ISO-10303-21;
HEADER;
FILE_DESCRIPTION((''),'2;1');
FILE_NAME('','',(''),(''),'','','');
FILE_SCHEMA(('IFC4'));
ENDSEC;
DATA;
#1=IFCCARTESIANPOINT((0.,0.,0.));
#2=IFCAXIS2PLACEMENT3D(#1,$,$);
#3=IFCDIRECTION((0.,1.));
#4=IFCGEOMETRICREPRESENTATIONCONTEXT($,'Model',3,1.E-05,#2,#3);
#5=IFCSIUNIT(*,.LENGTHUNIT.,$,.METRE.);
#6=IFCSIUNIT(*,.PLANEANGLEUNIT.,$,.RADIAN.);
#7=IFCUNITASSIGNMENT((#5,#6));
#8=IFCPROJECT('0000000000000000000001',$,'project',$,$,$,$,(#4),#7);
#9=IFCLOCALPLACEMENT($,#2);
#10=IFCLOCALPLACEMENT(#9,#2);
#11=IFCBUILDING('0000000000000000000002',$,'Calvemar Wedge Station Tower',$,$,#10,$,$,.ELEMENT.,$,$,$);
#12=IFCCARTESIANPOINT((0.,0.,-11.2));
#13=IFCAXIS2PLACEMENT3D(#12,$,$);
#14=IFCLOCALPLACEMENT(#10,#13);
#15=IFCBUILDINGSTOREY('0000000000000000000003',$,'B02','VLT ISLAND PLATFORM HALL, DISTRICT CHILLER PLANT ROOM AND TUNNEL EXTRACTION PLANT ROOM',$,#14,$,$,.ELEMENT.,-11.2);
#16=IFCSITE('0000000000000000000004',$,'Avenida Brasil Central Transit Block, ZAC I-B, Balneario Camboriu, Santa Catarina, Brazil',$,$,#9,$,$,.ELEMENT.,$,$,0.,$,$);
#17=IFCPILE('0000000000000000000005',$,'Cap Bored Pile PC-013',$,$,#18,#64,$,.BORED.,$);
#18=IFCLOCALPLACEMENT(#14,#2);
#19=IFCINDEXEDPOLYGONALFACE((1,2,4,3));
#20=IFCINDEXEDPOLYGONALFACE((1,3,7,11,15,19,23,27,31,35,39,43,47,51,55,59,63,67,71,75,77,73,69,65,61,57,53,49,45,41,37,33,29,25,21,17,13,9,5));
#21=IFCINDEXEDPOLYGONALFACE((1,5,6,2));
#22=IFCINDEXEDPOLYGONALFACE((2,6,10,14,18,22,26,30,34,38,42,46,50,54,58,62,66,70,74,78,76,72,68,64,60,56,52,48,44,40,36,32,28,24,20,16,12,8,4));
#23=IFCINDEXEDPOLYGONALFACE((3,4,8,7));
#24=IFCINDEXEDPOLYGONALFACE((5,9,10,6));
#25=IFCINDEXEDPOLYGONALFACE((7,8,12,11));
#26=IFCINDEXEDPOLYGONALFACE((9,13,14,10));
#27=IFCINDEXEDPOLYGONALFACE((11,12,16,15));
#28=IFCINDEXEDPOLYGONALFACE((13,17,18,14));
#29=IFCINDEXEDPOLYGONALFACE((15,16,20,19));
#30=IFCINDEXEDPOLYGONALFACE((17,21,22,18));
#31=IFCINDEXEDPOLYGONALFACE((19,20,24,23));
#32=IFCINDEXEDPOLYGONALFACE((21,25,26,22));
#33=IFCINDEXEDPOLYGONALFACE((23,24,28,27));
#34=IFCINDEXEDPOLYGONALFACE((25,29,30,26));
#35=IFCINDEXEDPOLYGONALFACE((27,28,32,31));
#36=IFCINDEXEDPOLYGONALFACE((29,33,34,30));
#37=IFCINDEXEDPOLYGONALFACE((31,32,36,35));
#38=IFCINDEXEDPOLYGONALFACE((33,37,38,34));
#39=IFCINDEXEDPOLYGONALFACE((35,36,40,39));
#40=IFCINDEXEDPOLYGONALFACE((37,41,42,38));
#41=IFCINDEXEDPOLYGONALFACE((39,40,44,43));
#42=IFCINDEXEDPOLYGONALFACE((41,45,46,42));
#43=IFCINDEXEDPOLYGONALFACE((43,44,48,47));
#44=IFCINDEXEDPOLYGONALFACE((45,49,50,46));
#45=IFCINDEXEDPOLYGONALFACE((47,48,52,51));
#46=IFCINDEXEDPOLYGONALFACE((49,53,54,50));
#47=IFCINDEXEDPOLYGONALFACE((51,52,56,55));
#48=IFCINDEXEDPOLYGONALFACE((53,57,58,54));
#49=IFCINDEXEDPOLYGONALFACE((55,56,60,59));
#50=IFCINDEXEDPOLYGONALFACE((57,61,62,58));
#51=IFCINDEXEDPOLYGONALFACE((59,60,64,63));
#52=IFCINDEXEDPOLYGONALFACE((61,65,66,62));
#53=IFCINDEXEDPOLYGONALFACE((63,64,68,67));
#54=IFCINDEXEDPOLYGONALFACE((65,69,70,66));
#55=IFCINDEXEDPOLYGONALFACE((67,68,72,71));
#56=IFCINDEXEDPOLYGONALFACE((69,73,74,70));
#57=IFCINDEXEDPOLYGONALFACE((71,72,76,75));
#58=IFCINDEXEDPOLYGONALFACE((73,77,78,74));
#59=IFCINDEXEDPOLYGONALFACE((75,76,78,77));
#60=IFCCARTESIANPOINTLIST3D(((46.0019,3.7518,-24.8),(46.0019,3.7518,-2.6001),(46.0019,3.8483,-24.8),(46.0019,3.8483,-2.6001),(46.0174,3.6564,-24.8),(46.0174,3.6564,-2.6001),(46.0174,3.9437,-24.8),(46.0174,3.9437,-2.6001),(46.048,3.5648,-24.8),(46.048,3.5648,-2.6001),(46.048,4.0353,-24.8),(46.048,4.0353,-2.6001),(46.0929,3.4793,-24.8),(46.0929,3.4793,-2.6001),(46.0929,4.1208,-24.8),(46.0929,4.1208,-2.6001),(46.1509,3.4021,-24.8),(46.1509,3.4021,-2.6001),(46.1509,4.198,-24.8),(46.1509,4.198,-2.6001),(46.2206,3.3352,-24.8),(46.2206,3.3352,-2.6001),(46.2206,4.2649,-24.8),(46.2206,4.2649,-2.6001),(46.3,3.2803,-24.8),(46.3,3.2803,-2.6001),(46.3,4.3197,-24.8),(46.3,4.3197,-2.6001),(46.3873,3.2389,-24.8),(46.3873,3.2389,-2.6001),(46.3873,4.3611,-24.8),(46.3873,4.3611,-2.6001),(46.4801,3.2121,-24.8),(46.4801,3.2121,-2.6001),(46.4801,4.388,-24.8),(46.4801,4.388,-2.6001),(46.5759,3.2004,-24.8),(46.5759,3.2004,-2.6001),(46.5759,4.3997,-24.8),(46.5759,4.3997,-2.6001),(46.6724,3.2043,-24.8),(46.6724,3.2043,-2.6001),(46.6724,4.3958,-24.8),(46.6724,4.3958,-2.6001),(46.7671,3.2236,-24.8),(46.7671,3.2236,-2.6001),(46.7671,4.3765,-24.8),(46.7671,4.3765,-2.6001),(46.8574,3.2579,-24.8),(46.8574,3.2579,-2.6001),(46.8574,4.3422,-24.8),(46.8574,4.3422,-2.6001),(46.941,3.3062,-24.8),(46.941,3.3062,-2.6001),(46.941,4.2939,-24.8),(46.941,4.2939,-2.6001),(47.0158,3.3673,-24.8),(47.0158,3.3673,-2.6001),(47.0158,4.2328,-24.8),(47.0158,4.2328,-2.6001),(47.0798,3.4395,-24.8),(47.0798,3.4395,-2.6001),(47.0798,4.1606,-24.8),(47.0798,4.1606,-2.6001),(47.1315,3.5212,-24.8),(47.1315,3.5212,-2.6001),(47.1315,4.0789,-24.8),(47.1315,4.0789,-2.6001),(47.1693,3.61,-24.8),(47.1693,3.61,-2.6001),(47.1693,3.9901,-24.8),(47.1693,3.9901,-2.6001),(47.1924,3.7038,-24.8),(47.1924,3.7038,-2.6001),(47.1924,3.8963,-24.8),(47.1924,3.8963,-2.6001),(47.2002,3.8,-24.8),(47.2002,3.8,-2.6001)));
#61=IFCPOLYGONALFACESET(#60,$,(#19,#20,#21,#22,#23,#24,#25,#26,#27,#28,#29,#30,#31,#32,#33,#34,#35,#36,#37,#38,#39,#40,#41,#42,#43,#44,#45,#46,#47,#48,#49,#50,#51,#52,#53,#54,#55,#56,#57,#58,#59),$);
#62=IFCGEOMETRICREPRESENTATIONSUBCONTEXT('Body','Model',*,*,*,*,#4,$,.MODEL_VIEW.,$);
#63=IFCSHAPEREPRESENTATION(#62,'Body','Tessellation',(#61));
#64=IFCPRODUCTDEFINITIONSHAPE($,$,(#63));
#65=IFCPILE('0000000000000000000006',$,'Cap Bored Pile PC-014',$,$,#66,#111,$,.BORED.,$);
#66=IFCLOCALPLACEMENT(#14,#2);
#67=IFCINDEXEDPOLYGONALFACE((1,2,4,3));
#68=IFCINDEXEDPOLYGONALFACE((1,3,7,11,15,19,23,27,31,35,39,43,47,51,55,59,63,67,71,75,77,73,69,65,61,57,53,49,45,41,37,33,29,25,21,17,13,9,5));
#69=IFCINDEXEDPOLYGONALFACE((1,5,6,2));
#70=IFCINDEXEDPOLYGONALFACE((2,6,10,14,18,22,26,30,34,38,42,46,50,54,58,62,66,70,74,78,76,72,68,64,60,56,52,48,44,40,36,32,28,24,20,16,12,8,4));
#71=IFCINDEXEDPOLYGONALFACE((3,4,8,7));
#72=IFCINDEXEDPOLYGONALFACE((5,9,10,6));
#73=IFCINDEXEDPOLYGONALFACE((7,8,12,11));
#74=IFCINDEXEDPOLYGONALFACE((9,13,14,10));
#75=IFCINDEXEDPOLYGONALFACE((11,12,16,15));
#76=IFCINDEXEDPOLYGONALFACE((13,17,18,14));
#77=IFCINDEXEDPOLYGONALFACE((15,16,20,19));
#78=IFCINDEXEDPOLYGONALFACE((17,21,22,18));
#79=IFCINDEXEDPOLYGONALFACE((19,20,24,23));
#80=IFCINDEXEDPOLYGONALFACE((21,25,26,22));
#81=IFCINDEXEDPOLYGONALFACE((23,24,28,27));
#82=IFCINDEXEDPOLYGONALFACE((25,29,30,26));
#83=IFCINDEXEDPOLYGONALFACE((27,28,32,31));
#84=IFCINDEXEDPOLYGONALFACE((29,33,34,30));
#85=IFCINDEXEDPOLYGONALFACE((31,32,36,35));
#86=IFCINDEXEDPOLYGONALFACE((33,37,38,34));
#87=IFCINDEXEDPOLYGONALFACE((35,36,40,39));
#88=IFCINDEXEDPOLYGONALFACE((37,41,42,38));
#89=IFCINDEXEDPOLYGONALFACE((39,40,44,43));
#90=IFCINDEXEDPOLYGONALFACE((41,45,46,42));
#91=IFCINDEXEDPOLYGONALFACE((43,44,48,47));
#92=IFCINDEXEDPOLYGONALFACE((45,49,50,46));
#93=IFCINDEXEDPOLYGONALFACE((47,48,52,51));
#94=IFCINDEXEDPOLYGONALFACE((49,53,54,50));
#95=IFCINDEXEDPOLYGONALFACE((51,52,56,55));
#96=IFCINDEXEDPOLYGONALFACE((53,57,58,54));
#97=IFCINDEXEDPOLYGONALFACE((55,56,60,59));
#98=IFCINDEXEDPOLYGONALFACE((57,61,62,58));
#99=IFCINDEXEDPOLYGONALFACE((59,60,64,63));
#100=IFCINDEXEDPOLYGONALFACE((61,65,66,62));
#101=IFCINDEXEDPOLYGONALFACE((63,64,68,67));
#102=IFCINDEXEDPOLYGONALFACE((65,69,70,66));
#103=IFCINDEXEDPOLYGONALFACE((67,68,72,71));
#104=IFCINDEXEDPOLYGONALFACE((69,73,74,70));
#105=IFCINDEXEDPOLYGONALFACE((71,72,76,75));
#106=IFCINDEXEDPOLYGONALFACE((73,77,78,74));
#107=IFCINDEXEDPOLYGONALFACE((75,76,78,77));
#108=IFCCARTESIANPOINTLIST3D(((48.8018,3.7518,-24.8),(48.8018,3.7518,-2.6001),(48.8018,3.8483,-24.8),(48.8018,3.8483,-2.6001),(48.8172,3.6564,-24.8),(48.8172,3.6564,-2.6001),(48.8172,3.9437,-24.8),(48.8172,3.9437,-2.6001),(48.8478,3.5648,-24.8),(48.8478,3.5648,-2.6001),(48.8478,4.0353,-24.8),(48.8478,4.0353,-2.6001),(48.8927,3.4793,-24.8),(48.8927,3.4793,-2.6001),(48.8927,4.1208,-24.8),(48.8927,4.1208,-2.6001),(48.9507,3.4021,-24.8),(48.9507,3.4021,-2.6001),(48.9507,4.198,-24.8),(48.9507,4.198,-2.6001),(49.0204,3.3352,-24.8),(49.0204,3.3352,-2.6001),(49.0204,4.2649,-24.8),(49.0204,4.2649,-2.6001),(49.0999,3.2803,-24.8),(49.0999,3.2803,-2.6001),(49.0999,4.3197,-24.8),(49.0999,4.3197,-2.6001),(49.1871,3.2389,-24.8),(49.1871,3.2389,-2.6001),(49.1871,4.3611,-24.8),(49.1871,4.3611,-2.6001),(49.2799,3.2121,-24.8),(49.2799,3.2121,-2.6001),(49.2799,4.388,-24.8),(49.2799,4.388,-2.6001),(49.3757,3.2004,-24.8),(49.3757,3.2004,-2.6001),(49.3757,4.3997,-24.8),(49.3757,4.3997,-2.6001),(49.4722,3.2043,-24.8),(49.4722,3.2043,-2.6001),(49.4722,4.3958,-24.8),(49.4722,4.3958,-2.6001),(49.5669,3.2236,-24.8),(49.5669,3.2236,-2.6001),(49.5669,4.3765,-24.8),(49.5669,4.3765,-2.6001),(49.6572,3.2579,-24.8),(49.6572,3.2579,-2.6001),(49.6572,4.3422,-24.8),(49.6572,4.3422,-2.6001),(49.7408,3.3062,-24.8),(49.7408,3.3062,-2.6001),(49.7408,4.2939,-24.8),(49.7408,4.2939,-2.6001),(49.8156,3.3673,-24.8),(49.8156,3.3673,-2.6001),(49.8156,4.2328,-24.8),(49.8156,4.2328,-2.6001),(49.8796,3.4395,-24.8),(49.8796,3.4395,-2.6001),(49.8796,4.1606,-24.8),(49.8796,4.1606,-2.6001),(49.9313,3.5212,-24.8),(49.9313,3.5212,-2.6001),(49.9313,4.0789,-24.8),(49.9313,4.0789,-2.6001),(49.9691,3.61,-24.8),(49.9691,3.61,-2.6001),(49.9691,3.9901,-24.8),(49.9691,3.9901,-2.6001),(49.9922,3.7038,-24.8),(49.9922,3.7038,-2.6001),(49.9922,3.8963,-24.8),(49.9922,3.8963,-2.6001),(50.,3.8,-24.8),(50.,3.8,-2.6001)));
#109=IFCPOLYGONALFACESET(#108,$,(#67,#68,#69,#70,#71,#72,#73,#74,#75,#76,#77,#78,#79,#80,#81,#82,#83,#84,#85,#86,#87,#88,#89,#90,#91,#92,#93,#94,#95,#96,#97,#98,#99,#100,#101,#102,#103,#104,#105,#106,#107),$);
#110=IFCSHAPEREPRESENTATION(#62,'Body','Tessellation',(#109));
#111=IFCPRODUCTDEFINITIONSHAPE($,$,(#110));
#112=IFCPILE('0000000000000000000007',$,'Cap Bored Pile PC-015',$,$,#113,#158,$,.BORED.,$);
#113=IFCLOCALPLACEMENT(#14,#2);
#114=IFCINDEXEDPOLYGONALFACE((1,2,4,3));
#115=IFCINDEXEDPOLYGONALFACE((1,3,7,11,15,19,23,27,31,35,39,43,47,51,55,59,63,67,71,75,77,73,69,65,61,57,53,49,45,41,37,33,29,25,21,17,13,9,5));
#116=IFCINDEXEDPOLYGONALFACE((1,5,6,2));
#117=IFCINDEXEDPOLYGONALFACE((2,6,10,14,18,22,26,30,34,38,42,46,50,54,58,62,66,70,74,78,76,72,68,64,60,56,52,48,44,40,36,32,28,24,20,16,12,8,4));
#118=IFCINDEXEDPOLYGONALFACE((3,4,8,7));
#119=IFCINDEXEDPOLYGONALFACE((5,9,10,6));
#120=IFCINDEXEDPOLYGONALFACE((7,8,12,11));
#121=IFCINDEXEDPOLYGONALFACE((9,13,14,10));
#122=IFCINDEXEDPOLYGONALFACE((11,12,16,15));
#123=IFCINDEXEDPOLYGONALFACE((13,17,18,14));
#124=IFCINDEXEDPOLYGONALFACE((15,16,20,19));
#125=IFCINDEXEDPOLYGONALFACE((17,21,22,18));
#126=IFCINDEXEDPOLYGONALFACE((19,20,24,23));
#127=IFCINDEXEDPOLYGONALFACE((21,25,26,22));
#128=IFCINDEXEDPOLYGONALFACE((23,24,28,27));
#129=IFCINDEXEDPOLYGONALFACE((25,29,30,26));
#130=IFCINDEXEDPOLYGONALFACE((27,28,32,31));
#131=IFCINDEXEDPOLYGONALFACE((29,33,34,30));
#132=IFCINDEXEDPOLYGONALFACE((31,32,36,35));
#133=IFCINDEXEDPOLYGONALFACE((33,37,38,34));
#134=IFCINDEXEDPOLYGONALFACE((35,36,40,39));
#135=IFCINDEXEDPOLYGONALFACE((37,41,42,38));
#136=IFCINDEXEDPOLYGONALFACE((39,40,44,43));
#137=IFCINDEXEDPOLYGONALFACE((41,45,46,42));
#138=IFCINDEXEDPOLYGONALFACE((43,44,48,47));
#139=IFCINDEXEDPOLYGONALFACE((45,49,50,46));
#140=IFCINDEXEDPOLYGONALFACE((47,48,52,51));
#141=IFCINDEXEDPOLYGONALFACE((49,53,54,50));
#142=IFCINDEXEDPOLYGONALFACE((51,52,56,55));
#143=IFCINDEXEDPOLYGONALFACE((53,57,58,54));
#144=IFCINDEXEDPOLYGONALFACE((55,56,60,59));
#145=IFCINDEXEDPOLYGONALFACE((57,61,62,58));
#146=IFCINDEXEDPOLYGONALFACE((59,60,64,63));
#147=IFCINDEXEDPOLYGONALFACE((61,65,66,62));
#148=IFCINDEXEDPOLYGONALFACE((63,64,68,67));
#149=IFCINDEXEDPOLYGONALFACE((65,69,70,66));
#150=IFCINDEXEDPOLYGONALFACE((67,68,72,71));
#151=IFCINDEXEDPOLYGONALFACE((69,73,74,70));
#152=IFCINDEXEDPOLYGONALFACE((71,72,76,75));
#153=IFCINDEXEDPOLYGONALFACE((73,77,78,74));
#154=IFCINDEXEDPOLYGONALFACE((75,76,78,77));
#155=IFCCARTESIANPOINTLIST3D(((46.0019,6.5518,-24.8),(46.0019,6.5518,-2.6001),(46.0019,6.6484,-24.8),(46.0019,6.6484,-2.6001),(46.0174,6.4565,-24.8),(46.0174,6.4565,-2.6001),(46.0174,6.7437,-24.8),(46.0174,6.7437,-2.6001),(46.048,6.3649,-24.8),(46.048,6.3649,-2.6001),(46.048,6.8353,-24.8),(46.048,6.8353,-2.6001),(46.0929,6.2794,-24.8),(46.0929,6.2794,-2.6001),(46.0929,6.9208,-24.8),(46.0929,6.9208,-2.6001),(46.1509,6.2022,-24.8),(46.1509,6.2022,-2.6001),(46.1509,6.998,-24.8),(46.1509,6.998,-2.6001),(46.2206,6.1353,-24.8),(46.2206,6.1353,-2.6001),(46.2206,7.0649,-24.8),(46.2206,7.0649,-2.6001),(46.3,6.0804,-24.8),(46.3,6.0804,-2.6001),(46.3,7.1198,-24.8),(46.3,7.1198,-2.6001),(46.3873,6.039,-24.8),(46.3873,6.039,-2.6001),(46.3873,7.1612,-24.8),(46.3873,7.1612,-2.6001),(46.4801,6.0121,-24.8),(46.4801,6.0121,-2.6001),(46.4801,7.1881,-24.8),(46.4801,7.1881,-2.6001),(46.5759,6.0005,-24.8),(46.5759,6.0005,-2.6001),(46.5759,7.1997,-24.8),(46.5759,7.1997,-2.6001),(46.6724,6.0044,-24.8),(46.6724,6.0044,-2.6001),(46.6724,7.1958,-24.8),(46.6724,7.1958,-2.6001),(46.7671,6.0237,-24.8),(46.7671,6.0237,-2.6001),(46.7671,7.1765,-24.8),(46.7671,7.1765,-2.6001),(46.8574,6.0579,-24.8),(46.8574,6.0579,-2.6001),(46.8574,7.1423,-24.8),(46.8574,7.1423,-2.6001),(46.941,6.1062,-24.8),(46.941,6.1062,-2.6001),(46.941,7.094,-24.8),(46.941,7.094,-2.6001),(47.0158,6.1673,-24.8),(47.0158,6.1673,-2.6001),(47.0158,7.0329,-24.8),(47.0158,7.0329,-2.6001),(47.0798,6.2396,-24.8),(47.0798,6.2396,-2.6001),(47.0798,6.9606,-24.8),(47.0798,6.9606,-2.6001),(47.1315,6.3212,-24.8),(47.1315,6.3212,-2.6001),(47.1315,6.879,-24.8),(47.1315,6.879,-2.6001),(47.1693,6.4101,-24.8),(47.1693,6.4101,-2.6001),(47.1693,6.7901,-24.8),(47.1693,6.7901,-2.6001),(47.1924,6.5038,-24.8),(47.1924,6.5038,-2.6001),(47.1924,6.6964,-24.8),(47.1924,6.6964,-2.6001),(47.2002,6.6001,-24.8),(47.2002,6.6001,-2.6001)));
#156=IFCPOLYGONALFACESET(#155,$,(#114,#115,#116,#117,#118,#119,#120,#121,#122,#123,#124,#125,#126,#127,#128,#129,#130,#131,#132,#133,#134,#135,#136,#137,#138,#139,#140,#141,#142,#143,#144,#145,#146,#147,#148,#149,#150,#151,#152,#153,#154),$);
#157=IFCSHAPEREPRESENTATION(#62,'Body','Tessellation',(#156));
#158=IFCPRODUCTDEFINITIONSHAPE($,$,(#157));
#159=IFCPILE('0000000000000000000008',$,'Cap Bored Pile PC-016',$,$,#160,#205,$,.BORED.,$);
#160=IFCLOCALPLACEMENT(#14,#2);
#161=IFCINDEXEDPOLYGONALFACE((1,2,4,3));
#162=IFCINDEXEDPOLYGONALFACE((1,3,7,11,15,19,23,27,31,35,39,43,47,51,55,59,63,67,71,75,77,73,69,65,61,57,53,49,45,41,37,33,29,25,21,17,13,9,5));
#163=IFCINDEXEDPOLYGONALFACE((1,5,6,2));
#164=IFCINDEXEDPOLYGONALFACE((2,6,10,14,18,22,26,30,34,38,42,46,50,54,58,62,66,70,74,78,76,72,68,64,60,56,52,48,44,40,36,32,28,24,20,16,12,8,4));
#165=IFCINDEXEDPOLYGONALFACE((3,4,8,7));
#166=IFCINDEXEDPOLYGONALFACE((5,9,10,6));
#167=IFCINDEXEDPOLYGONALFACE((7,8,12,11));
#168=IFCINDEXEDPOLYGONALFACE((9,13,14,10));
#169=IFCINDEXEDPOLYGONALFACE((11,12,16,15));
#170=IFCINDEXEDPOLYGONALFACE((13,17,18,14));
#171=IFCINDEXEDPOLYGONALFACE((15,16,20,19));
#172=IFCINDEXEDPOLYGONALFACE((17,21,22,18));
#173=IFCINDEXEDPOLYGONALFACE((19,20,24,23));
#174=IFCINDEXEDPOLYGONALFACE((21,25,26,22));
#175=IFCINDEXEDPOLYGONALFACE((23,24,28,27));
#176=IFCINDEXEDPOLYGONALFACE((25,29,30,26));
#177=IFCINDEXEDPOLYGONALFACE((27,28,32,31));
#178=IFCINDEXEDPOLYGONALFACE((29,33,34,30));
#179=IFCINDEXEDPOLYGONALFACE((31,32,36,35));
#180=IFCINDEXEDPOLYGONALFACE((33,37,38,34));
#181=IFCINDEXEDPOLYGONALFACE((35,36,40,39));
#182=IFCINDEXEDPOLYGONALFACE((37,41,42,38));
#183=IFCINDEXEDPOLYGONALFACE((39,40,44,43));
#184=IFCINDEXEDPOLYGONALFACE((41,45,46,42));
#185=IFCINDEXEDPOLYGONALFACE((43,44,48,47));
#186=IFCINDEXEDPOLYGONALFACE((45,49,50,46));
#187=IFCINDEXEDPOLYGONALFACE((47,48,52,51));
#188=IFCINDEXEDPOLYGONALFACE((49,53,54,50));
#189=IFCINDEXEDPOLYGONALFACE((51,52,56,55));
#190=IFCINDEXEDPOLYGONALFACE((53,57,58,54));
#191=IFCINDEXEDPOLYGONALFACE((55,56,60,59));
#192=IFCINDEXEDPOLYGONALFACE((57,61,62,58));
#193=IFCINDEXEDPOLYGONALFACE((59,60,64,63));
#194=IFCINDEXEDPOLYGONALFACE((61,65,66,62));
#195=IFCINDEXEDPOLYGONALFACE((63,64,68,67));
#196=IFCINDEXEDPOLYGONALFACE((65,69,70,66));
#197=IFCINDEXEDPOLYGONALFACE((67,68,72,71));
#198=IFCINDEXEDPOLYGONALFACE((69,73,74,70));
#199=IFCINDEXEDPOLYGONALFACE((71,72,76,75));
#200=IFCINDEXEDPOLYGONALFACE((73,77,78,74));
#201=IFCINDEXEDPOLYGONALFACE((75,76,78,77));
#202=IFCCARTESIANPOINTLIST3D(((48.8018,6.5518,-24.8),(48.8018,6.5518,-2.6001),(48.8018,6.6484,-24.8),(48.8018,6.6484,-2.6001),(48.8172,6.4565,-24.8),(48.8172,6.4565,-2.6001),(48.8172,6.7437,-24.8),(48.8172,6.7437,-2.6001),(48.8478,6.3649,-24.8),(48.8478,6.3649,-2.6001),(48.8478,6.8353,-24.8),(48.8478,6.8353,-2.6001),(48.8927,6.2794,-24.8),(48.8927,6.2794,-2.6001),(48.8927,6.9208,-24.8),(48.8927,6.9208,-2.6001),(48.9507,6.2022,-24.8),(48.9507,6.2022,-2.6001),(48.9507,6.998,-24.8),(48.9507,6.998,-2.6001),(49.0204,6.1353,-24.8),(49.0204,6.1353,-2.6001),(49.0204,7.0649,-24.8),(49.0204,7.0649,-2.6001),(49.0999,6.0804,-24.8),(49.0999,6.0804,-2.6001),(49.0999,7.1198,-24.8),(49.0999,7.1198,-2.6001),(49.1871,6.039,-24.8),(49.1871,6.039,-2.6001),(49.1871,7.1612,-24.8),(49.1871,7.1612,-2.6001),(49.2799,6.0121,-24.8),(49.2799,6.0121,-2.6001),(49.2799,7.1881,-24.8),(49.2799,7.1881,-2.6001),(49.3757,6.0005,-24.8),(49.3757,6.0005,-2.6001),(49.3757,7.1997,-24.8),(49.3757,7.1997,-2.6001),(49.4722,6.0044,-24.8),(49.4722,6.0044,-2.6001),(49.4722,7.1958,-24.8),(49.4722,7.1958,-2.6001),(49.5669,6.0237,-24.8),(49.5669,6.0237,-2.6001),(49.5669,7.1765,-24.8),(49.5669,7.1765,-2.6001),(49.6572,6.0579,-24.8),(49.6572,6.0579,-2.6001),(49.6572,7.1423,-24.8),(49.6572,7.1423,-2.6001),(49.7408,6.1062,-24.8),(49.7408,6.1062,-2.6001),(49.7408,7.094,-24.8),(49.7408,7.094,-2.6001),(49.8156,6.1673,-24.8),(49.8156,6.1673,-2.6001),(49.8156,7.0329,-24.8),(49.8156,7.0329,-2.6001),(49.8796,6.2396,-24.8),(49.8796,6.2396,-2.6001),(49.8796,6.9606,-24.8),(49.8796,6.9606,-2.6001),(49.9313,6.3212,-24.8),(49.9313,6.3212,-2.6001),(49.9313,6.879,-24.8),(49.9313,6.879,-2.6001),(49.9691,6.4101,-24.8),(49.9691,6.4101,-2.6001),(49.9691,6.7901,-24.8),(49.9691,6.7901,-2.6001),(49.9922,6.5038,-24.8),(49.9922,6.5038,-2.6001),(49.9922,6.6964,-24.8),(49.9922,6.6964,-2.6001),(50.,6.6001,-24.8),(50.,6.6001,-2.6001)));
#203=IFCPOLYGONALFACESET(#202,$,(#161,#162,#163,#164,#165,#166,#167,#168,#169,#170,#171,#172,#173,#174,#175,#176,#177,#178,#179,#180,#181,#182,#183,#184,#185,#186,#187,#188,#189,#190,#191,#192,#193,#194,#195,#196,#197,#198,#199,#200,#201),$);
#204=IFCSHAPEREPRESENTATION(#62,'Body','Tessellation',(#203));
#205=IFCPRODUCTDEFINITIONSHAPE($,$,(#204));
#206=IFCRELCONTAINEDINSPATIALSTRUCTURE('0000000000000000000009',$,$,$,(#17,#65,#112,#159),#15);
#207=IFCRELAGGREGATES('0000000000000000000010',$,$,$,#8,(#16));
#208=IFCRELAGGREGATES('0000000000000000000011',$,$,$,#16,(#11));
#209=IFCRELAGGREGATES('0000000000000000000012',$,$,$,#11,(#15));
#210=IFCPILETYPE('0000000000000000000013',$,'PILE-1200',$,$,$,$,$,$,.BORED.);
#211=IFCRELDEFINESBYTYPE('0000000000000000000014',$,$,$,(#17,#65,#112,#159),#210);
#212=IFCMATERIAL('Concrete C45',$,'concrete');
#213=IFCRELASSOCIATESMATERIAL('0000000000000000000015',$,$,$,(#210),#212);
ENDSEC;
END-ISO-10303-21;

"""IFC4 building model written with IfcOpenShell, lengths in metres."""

from ifc_helpers import new_model, si_unit, direction, frame, origin, origin_2d, place, context, subcontext, project, spatial, circle, extrude, material, material_profile, profile_set, type_object, element, save


model = new_model("IFC4")

# Units and contexts
model_context = context("Model", 3, precision=1e-05, world=origin(), true_north=direction((0.0, 1.0)))
body_context = subcontext(model_context, "Body", "Model", "MODEL_VIEW")
ifc_project = project(units=[si_unit("LENGTHUNIT", "METRE"), si_unit("PLANEANGLEUNIT", "RADIAN")], contexts=[model_context])

# Site, building, storey
site_placement = place(None, origin())
site = spatial("IfcSite", under=ifc_project, at=site_placement, Name="Avenida Brasil Central Transit Block, ZAC I-B, Balneario Camboriu, Santa Catarina, Brazil", CompositionType="ELEMENT", RefElevation=0.0)
building_placement = place(site_placement, origin())
building = spatial("IfcBuilding", under=site, at=building_placement, Name="Calvemar Wedge Station Tower", CompositionType="ELEMENT")
storey_placement = place(building_placement, frame((0.0, 0.0, -11.2)))
storey = spatial("IfcBuildingStorey", under=building, at=storey_placement, Name="B02", Description="VLT ISLAND PLATFORM HALL, DISTRICT CHILLER PLANT ROOM AND TUNNEL EXTRACTION PLANT ROOM", CompositionType="ELEMENT", Elevation=-11.2)

# Piles
ifc_material_1 = material(Name="Concrete C45", Category="concrete")
ifc_material_profile_1 = material_profile(ifc_material_1, circle(Radius=0.6001, at=origin_2d()), Name="PILE-D1200")
ifc_profile_set_1 = profile_set([ifc_material_profile_1], Name="Concrete C45")
pile_type_1 = type_object("IfcPileType", Name="PILE-1200", PredefinedType="BORED", material=ifc_profile_set_1)
for number, where, z_axis, x_axis, name in (
    (1, (46.6001, 3.8, -2.6001), (0.0, 0.0, -1.0), (1.0, 0.0, 0.0), "Cap Bored Pile PC-013"),
    (2, (49.3999, 3.8, -2.6001), (0.0, 0.0, -1.0), (1.0, 0.0, 0.0), "Cap Bored Pile PC-014"),
    (3, (46.6001, 6.6001, -2.6001), (0.0, 0.0, -1.0), (1.0, 0.0, 0.0), "Cap Bored Pile PC-015"),
    (4, (49.3999, 6.6001, -2.6001), (0.0, 0.0, -1.0), (1.0, 0.0, 0.0), "Cap Bored Pile PC-016"),
):
    element("IfcPile", number, at=place(storey_placement, frame(where, z_axis=z_axis, x_axis=x_axis)), inside=storey, type_object=pile_type_1, Name=name, PredefinedType="BORED", context=body_context, shape_type="SweptSolid", body=[
        extrude(circle(Radius=0.6001, at=origin_2d()), origin(), (0.0, 0.0, 1.0), 22.2),
    ])

save(model, "model.ifc")
